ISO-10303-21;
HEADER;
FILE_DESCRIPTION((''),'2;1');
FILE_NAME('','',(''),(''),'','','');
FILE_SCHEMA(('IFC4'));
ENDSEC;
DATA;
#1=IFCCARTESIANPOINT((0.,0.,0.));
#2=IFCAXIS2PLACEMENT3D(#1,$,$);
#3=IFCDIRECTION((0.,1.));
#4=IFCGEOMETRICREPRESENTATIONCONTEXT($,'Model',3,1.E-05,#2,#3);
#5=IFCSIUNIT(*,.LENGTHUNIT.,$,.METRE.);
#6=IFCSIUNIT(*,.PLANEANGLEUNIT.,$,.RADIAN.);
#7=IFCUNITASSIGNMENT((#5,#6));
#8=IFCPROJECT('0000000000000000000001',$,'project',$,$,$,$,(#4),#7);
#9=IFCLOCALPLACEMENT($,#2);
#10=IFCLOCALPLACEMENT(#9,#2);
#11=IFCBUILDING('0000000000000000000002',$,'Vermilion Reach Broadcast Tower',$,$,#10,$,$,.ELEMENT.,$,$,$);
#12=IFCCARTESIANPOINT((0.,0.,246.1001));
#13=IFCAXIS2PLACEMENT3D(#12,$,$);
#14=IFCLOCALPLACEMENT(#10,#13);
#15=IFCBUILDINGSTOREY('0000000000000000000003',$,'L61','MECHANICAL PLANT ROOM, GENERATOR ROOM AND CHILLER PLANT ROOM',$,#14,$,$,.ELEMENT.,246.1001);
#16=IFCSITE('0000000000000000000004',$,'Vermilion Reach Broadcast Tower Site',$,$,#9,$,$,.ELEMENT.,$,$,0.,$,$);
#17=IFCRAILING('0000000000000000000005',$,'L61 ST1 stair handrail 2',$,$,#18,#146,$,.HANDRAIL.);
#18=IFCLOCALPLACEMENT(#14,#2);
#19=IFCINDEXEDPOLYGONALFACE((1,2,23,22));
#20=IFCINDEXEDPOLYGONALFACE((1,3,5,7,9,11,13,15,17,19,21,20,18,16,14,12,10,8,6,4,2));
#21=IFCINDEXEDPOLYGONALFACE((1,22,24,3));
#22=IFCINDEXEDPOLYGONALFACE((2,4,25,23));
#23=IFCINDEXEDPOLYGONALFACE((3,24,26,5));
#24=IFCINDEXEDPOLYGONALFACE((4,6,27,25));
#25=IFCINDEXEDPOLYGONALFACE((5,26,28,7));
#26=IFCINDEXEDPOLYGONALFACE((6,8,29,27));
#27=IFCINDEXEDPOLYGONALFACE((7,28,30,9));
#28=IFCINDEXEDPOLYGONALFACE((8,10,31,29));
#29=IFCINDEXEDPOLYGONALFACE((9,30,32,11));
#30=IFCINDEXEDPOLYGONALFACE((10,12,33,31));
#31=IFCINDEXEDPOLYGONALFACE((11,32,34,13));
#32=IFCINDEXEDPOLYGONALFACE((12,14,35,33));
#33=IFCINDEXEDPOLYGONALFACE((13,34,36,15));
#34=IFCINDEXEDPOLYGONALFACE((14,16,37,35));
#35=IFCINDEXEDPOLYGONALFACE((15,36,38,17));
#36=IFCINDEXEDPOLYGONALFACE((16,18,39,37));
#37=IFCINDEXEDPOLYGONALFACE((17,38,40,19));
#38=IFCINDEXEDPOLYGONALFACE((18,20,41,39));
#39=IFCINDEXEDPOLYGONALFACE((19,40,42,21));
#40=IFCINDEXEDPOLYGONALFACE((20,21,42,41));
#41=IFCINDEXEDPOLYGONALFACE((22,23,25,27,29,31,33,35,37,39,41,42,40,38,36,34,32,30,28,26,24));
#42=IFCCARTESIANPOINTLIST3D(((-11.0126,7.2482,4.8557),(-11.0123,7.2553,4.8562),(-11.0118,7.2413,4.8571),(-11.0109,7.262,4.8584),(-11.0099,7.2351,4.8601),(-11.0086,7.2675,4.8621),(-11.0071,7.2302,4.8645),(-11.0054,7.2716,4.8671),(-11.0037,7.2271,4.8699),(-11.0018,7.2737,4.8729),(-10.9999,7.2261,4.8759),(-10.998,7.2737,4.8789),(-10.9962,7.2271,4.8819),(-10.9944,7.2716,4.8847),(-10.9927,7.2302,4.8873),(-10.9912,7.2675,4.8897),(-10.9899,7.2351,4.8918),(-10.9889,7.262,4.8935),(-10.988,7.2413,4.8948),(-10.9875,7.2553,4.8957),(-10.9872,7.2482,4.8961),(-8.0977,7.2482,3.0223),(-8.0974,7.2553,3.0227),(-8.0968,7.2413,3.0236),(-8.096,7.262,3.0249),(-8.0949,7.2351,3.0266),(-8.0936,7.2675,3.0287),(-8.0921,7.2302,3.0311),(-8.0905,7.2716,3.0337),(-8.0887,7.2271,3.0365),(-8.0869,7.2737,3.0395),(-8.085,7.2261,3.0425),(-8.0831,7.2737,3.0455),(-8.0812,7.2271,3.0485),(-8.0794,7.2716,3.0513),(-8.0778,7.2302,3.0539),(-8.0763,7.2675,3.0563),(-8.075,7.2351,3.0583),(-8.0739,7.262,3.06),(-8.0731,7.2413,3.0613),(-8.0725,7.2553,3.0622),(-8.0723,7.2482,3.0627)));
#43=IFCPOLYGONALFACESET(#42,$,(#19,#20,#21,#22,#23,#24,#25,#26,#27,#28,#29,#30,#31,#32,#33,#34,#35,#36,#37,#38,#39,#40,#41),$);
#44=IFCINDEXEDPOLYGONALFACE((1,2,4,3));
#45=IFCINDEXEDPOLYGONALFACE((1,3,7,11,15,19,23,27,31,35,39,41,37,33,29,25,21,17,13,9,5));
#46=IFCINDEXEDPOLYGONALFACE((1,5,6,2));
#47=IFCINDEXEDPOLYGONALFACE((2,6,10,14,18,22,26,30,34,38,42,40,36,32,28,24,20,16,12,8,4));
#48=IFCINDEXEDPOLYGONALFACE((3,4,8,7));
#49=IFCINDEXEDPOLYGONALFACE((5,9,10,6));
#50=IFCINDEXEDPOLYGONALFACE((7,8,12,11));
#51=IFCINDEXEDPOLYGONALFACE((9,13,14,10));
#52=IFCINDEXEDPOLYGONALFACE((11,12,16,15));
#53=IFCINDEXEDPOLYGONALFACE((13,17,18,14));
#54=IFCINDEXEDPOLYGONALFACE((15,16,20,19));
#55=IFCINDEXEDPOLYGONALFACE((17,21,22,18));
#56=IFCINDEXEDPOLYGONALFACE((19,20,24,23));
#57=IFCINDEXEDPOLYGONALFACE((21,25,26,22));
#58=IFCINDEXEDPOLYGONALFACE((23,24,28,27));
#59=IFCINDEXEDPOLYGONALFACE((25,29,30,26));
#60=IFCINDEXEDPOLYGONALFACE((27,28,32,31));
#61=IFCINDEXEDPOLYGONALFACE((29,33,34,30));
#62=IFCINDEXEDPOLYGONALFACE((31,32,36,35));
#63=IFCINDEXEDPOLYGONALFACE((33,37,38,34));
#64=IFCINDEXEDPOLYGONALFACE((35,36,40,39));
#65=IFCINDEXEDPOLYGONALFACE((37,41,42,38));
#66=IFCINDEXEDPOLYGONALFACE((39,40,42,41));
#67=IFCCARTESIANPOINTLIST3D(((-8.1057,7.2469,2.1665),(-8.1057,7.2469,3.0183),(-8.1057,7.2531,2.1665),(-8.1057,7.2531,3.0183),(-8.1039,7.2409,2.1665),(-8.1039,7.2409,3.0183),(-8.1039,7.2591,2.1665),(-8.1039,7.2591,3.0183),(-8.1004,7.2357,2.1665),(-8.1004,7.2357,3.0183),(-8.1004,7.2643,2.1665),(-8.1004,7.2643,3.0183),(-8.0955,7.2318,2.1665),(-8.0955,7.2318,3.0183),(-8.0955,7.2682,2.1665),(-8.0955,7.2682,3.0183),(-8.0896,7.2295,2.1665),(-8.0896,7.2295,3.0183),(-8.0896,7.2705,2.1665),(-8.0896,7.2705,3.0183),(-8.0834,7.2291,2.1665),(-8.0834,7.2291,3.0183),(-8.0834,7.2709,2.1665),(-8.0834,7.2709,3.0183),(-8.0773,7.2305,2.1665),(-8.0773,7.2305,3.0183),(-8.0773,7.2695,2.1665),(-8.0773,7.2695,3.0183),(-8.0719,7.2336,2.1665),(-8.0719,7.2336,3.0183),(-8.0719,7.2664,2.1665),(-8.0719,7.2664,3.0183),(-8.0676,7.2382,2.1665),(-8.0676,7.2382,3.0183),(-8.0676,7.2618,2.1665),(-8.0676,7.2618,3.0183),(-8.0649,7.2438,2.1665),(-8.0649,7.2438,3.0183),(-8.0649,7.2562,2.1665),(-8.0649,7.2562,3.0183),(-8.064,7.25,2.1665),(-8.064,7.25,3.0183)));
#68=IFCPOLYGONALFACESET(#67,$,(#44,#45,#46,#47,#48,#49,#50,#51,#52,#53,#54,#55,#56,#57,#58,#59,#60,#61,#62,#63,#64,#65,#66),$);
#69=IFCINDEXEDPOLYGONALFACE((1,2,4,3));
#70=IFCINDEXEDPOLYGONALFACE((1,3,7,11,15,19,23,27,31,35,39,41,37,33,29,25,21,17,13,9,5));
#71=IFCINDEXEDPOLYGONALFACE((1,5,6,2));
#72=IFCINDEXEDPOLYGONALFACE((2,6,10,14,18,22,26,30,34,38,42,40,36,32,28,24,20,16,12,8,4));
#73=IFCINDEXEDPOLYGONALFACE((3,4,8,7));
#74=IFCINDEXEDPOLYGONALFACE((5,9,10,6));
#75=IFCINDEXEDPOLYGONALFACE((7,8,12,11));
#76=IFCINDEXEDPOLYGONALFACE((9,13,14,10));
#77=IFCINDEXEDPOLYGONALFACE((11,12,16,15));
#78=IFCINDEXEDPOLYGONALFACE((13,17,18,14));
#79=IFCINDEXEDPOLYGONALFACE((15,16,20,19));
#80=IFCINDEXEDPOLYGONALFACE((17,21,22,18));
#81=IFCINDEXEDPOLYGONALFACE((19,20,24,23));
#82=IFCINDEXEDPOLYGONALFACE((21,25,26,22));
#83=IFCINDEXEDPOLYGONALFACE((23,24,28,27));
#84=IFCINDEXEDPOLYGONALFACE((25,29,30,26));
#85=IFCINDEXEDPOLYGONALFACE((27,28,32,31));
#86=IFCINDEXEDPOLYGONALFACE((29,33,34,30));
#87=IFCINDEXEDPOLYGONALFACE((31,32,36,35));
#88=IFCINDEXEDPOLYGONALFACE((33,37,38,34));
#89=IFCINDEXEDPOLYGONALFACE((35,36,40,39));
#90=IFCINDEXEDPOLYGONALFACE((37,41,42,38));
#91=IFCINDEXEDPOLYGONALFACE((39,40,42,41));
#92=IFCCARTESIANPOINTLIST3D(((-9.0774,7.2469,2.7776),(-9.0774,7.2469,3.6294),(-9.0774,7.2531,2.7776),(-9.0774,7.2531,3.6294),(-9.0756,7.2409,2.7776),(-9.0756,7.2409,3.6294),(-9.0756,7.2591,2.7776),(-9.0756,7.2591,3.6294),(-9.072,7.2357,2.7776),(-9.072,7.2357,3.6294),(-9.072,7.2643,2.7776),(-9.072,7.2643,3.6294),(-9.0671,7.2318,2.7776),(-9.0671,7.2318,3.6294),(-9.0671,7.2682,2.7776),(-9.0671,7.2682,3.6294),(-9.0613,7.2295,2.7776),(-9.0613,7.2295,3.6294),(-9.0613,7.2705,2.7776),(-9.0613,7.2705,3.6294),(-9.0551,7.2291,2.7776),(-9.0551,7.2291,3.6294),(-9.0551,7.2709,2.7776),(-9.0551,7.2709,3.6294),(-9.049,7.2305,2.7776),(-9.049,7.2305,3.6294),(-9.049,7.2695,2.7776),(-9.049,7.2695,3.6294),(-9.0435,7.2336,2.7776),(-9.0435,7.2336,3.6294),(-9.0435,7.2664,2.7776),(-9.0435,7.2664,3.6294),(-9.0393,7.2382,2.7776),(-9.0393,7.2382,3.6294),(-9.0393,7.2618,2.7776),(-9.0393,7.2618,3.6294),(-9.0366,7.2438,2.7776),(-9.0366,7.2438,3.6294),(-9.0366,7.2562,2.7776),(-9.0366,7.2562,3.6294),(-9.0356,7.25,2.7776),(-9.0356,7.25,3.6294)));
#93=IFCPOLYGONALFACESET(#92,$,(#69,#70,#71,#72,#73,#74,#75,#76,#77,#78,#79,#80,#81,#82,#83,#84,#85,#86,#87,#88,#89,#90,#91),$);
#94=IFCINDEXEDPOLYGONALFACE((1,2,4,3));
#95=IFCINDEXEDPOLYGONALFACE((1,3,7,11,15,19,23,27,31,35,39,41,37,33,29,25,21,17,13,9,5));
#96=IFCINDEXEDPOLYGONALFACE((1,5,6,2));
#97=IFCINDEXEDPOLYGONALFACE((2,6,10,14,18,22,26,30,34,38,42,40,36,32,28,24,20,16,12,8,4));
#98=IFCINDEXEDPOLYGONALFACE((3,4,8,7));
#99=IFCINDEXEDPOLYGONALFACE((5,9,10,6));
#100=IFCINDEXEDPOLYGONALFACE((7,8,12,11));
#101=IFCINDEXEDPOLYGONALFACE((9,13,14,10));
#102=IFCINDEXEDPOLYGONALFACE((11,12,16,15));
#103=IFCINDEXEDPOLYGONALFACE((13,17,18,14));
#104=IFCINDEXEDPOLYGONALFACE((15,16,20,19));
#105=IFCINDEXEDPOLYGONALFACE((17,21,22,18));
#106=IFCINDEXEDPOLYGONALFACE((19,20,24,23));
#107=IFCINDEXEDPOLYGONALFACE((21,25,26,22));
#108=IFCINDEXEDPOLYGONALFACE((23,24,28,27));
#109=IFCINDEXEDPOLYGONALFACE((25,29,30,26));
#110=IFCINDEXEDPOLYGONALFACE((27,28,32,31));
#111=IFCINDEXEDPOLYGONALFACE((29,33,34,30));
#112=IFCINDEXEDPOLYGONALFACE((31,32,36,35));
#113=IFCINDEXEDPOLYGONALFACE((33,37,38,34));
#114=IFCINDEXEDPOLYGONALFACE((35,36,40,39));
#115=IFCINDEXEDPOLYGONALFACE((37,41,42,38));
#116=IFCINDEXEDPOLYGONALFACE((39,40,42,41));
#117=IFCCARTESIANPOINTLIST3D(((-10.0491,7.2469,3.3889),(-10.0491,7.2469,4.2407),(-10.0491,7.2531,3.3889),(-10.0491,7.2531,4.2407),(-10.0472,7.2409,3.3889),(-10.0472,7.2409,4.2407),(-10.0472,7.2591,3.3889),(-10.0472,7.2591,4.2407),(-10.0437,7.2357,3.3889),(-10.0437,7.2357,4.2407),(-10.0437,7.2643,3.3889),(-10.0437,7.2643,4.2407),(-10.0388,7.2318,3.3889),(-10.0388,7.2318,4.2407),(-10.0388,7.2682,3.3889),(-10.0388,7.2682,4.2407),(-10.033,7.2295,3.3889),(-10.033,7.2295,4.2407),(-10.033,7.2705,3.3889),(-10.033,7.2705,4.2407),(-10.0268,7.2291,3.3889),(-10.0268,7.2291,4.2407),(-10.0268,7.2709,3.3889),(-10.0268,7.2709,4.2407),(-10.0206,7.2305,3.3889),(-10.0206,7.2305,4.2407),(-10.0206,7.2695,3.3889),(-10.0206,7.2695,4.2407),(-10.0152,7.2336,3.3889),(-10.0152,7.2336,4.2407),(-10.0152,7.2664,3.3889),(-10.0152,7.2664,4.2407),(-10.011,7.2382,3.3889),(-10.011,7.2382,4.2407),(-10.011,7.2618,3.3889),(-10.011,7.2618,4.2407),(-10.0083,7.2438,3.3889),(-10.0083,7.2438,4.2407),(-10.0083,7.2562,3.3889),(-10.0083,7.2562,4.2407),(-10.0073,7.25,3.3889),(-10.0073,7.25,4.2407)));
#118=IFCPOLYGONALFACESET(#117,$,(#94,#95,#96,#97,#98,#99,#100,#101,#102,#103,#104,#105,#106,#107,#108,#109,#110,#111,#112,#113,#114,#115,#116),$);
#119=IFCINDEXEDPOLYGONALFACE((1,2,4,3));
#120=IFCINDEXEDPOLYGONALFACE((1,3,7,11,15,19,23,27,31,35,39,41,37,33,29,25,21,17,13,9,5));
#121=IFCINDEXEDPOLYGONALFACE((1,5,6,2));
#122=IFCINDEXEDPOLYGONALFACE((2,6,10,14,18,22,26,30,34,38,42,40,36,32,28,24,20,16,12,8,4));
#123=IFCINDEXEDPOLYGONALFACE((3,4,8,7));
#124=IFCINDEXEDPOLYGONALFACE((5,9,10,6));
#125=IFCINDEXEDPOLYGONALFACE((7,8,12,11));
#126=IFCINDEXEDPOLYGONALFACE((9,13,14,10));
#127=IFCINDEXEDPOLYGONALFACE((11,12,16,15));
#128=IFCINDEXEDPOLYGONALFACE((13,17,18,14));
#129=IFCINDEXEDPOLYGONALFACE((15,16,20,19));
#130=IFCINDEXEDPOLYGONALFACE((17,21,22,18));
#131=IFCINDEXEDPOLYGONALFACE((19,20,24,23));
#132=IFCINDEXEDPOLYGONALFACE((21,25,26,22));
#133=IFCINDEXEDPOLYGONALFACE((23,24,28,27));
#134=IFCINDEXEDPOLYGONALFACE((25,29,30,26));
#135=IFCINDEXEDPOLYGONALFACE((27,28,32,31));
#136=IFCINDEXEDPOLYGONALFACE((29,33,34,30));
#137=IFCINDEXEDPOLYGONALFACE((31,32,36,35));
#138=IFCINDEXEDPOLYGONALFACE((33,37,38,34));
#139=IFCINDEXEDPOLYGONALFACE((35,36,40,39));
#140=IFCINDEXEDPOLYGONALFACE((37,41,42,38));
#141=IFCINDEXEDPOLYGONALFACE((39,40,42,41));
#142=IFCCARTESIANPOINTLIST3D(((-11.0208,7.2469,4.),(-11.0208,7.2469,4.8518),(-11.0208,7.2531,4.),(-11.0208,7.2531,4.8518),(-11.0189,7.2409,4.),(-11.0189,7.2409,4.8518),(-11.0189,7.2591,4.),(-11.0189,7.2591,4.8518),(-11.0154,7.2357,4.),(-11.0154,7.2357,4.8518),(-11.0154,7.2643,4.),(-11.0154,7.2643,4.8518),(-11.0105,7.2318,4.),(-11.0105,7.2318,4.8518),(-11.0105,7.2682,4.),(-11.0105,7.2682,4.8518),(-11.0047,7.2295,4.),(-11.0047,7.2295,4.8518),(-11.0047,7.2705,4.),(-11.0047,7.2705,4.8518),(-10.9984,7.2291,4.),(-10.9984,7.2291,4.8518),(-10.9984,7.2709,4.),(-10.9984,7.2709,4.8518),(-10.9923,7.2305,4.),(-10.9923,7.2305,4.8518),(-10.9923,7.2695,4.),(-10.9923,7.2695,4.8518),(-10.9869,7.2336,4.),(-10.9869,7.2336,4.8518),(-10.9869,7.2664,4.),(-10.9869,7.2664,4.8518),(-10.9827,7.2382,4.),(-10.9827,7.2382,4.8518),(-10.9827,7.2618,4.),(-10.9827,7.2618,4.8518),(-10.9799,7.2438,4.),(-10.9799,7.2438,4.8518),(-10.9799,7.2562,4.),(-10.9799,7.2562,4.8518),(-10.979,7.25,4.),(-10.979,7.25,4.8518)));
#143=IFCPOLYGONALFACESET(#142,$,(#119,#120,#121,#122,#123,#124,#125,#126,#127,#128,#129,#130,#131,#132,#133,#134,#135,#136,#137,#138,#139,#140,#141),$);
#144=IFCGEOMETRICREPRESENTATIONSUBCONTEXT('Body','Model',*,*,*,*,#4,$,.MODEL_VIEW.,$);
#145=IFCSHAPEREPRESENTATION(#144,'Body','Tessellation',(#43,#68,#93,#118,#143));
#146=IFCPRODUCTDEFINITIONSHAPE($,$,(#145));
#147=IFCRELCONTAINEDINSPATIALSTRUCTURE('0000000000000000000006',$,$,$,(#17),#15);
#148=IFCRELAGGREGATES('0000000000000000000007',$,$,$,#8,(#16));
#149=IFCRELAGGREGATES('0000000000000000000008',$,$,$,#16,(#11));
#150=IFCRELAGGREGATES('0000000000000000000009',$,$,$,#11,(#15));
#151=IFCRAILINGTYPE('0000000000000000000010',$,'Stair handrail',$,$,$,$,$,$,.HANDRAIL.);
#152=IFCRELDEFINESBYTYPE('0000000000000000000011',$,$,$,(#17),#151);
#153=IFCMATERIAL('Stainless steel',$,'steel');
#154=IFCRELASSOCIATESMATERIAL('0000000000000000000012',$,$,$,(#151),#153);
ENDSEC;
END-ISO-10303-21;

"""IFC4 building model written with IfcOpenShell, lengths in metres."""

from ifc_helpers import new_model, si_unit, direction, frame, origin, origin_2d, place, context, subcontext, project, spatial, circle, extrude, material, type_object, element, save


model = new_model("IFC4")

# Units and contexts
model_context = context("Model", 3, precision=1e-05, world=origin(), true_north=direction((0.0, 1.0)))
body_context = subcontext(model_context, "Body", "Model", "MODEL_VIEW")
ifc_project = project(units=[si_unit("LENGTHUNIT", "METRE"), si_unit("PLANEANGLEUNIT", "RADIAN")], contexts=[model_context])

# Site, building, storey
site_placement = place(None, origin())
site = spatial("IfcSite", under=ifc_project, at=site_placement, Name="Vermilion Reach Broadcast Tower Site", CompositionType="ELEMENT", RefElevation=0.0)
building_placement = place(site_placement, origin())
building = spatial("IfcBuilding", under=site, at=building_placement, Name="Vermilion Reach Broadcast Tower", CompositionType="ELEMENT")
storey_placement = place(building_placement, frame((0.0, 0.0, 246.1001)))
storey = spatial("IfcBuildingStorey", under=building, at=storey_placement, Name="L61", Description="MECHANICAL PLANT ROOM, GENERATOR ROOM AND CHILLER PLANT ROOM", CompositionType="ELEMENT", Elevation=246.1001)

# Railing
ifc_material_1 = material(Name="Stainless steel", Category="steel")
railing_type_1 = type_object("IfcRailingType", Name="Stair handrail", PredefinedType="HANDRAIL", material=ifc_material_1)
railing_1_placement = place(storey_placement, frame((-8.085, 7.25, 2.1665)))
element("IfcRailing", 1, at=railing_1_placement, inside=storey, type_object=railing_type_1, Name="L61 ST1 stair handrail 2", PredefinedType="HANDRAIL", context=body_context, shape_type="SweptSolid", body=[
    extrude(circle(Radius=0.0239, at=origin_2d()), frame((0.0, 0.0, 0.876), z_axis=(-0.846481, 0.0, 0.532418), x_axis=(0.0, -1.0, 0.0)), (0.0, 0.0, 1.0), 3.4436),
    extrude(circle(Radius=0.021, at=origin_2d()), origin(), (0.0, 0.0, 1.0), 0.8518),
    extrude(circle(Radius=0.021, at=origin_2d()), frame((-0.9717, 0.0, 0.6111)), (0.0, 0.0, 1.0), 0.8518),
    extrude(circle(Radius=0.021, at=origin_2d()), frame((-1.9434, 0.0, 1.2224)), (0.0, 0.0, 1.0), 0.8518),
    extrude(circle(Radius=0.021, at=origin_2d()), frame((-2.915, 0.0, 1.8335)), (0.0, 0.0, 1.0), 0.8518),
])

save(model, "model.ifc")
